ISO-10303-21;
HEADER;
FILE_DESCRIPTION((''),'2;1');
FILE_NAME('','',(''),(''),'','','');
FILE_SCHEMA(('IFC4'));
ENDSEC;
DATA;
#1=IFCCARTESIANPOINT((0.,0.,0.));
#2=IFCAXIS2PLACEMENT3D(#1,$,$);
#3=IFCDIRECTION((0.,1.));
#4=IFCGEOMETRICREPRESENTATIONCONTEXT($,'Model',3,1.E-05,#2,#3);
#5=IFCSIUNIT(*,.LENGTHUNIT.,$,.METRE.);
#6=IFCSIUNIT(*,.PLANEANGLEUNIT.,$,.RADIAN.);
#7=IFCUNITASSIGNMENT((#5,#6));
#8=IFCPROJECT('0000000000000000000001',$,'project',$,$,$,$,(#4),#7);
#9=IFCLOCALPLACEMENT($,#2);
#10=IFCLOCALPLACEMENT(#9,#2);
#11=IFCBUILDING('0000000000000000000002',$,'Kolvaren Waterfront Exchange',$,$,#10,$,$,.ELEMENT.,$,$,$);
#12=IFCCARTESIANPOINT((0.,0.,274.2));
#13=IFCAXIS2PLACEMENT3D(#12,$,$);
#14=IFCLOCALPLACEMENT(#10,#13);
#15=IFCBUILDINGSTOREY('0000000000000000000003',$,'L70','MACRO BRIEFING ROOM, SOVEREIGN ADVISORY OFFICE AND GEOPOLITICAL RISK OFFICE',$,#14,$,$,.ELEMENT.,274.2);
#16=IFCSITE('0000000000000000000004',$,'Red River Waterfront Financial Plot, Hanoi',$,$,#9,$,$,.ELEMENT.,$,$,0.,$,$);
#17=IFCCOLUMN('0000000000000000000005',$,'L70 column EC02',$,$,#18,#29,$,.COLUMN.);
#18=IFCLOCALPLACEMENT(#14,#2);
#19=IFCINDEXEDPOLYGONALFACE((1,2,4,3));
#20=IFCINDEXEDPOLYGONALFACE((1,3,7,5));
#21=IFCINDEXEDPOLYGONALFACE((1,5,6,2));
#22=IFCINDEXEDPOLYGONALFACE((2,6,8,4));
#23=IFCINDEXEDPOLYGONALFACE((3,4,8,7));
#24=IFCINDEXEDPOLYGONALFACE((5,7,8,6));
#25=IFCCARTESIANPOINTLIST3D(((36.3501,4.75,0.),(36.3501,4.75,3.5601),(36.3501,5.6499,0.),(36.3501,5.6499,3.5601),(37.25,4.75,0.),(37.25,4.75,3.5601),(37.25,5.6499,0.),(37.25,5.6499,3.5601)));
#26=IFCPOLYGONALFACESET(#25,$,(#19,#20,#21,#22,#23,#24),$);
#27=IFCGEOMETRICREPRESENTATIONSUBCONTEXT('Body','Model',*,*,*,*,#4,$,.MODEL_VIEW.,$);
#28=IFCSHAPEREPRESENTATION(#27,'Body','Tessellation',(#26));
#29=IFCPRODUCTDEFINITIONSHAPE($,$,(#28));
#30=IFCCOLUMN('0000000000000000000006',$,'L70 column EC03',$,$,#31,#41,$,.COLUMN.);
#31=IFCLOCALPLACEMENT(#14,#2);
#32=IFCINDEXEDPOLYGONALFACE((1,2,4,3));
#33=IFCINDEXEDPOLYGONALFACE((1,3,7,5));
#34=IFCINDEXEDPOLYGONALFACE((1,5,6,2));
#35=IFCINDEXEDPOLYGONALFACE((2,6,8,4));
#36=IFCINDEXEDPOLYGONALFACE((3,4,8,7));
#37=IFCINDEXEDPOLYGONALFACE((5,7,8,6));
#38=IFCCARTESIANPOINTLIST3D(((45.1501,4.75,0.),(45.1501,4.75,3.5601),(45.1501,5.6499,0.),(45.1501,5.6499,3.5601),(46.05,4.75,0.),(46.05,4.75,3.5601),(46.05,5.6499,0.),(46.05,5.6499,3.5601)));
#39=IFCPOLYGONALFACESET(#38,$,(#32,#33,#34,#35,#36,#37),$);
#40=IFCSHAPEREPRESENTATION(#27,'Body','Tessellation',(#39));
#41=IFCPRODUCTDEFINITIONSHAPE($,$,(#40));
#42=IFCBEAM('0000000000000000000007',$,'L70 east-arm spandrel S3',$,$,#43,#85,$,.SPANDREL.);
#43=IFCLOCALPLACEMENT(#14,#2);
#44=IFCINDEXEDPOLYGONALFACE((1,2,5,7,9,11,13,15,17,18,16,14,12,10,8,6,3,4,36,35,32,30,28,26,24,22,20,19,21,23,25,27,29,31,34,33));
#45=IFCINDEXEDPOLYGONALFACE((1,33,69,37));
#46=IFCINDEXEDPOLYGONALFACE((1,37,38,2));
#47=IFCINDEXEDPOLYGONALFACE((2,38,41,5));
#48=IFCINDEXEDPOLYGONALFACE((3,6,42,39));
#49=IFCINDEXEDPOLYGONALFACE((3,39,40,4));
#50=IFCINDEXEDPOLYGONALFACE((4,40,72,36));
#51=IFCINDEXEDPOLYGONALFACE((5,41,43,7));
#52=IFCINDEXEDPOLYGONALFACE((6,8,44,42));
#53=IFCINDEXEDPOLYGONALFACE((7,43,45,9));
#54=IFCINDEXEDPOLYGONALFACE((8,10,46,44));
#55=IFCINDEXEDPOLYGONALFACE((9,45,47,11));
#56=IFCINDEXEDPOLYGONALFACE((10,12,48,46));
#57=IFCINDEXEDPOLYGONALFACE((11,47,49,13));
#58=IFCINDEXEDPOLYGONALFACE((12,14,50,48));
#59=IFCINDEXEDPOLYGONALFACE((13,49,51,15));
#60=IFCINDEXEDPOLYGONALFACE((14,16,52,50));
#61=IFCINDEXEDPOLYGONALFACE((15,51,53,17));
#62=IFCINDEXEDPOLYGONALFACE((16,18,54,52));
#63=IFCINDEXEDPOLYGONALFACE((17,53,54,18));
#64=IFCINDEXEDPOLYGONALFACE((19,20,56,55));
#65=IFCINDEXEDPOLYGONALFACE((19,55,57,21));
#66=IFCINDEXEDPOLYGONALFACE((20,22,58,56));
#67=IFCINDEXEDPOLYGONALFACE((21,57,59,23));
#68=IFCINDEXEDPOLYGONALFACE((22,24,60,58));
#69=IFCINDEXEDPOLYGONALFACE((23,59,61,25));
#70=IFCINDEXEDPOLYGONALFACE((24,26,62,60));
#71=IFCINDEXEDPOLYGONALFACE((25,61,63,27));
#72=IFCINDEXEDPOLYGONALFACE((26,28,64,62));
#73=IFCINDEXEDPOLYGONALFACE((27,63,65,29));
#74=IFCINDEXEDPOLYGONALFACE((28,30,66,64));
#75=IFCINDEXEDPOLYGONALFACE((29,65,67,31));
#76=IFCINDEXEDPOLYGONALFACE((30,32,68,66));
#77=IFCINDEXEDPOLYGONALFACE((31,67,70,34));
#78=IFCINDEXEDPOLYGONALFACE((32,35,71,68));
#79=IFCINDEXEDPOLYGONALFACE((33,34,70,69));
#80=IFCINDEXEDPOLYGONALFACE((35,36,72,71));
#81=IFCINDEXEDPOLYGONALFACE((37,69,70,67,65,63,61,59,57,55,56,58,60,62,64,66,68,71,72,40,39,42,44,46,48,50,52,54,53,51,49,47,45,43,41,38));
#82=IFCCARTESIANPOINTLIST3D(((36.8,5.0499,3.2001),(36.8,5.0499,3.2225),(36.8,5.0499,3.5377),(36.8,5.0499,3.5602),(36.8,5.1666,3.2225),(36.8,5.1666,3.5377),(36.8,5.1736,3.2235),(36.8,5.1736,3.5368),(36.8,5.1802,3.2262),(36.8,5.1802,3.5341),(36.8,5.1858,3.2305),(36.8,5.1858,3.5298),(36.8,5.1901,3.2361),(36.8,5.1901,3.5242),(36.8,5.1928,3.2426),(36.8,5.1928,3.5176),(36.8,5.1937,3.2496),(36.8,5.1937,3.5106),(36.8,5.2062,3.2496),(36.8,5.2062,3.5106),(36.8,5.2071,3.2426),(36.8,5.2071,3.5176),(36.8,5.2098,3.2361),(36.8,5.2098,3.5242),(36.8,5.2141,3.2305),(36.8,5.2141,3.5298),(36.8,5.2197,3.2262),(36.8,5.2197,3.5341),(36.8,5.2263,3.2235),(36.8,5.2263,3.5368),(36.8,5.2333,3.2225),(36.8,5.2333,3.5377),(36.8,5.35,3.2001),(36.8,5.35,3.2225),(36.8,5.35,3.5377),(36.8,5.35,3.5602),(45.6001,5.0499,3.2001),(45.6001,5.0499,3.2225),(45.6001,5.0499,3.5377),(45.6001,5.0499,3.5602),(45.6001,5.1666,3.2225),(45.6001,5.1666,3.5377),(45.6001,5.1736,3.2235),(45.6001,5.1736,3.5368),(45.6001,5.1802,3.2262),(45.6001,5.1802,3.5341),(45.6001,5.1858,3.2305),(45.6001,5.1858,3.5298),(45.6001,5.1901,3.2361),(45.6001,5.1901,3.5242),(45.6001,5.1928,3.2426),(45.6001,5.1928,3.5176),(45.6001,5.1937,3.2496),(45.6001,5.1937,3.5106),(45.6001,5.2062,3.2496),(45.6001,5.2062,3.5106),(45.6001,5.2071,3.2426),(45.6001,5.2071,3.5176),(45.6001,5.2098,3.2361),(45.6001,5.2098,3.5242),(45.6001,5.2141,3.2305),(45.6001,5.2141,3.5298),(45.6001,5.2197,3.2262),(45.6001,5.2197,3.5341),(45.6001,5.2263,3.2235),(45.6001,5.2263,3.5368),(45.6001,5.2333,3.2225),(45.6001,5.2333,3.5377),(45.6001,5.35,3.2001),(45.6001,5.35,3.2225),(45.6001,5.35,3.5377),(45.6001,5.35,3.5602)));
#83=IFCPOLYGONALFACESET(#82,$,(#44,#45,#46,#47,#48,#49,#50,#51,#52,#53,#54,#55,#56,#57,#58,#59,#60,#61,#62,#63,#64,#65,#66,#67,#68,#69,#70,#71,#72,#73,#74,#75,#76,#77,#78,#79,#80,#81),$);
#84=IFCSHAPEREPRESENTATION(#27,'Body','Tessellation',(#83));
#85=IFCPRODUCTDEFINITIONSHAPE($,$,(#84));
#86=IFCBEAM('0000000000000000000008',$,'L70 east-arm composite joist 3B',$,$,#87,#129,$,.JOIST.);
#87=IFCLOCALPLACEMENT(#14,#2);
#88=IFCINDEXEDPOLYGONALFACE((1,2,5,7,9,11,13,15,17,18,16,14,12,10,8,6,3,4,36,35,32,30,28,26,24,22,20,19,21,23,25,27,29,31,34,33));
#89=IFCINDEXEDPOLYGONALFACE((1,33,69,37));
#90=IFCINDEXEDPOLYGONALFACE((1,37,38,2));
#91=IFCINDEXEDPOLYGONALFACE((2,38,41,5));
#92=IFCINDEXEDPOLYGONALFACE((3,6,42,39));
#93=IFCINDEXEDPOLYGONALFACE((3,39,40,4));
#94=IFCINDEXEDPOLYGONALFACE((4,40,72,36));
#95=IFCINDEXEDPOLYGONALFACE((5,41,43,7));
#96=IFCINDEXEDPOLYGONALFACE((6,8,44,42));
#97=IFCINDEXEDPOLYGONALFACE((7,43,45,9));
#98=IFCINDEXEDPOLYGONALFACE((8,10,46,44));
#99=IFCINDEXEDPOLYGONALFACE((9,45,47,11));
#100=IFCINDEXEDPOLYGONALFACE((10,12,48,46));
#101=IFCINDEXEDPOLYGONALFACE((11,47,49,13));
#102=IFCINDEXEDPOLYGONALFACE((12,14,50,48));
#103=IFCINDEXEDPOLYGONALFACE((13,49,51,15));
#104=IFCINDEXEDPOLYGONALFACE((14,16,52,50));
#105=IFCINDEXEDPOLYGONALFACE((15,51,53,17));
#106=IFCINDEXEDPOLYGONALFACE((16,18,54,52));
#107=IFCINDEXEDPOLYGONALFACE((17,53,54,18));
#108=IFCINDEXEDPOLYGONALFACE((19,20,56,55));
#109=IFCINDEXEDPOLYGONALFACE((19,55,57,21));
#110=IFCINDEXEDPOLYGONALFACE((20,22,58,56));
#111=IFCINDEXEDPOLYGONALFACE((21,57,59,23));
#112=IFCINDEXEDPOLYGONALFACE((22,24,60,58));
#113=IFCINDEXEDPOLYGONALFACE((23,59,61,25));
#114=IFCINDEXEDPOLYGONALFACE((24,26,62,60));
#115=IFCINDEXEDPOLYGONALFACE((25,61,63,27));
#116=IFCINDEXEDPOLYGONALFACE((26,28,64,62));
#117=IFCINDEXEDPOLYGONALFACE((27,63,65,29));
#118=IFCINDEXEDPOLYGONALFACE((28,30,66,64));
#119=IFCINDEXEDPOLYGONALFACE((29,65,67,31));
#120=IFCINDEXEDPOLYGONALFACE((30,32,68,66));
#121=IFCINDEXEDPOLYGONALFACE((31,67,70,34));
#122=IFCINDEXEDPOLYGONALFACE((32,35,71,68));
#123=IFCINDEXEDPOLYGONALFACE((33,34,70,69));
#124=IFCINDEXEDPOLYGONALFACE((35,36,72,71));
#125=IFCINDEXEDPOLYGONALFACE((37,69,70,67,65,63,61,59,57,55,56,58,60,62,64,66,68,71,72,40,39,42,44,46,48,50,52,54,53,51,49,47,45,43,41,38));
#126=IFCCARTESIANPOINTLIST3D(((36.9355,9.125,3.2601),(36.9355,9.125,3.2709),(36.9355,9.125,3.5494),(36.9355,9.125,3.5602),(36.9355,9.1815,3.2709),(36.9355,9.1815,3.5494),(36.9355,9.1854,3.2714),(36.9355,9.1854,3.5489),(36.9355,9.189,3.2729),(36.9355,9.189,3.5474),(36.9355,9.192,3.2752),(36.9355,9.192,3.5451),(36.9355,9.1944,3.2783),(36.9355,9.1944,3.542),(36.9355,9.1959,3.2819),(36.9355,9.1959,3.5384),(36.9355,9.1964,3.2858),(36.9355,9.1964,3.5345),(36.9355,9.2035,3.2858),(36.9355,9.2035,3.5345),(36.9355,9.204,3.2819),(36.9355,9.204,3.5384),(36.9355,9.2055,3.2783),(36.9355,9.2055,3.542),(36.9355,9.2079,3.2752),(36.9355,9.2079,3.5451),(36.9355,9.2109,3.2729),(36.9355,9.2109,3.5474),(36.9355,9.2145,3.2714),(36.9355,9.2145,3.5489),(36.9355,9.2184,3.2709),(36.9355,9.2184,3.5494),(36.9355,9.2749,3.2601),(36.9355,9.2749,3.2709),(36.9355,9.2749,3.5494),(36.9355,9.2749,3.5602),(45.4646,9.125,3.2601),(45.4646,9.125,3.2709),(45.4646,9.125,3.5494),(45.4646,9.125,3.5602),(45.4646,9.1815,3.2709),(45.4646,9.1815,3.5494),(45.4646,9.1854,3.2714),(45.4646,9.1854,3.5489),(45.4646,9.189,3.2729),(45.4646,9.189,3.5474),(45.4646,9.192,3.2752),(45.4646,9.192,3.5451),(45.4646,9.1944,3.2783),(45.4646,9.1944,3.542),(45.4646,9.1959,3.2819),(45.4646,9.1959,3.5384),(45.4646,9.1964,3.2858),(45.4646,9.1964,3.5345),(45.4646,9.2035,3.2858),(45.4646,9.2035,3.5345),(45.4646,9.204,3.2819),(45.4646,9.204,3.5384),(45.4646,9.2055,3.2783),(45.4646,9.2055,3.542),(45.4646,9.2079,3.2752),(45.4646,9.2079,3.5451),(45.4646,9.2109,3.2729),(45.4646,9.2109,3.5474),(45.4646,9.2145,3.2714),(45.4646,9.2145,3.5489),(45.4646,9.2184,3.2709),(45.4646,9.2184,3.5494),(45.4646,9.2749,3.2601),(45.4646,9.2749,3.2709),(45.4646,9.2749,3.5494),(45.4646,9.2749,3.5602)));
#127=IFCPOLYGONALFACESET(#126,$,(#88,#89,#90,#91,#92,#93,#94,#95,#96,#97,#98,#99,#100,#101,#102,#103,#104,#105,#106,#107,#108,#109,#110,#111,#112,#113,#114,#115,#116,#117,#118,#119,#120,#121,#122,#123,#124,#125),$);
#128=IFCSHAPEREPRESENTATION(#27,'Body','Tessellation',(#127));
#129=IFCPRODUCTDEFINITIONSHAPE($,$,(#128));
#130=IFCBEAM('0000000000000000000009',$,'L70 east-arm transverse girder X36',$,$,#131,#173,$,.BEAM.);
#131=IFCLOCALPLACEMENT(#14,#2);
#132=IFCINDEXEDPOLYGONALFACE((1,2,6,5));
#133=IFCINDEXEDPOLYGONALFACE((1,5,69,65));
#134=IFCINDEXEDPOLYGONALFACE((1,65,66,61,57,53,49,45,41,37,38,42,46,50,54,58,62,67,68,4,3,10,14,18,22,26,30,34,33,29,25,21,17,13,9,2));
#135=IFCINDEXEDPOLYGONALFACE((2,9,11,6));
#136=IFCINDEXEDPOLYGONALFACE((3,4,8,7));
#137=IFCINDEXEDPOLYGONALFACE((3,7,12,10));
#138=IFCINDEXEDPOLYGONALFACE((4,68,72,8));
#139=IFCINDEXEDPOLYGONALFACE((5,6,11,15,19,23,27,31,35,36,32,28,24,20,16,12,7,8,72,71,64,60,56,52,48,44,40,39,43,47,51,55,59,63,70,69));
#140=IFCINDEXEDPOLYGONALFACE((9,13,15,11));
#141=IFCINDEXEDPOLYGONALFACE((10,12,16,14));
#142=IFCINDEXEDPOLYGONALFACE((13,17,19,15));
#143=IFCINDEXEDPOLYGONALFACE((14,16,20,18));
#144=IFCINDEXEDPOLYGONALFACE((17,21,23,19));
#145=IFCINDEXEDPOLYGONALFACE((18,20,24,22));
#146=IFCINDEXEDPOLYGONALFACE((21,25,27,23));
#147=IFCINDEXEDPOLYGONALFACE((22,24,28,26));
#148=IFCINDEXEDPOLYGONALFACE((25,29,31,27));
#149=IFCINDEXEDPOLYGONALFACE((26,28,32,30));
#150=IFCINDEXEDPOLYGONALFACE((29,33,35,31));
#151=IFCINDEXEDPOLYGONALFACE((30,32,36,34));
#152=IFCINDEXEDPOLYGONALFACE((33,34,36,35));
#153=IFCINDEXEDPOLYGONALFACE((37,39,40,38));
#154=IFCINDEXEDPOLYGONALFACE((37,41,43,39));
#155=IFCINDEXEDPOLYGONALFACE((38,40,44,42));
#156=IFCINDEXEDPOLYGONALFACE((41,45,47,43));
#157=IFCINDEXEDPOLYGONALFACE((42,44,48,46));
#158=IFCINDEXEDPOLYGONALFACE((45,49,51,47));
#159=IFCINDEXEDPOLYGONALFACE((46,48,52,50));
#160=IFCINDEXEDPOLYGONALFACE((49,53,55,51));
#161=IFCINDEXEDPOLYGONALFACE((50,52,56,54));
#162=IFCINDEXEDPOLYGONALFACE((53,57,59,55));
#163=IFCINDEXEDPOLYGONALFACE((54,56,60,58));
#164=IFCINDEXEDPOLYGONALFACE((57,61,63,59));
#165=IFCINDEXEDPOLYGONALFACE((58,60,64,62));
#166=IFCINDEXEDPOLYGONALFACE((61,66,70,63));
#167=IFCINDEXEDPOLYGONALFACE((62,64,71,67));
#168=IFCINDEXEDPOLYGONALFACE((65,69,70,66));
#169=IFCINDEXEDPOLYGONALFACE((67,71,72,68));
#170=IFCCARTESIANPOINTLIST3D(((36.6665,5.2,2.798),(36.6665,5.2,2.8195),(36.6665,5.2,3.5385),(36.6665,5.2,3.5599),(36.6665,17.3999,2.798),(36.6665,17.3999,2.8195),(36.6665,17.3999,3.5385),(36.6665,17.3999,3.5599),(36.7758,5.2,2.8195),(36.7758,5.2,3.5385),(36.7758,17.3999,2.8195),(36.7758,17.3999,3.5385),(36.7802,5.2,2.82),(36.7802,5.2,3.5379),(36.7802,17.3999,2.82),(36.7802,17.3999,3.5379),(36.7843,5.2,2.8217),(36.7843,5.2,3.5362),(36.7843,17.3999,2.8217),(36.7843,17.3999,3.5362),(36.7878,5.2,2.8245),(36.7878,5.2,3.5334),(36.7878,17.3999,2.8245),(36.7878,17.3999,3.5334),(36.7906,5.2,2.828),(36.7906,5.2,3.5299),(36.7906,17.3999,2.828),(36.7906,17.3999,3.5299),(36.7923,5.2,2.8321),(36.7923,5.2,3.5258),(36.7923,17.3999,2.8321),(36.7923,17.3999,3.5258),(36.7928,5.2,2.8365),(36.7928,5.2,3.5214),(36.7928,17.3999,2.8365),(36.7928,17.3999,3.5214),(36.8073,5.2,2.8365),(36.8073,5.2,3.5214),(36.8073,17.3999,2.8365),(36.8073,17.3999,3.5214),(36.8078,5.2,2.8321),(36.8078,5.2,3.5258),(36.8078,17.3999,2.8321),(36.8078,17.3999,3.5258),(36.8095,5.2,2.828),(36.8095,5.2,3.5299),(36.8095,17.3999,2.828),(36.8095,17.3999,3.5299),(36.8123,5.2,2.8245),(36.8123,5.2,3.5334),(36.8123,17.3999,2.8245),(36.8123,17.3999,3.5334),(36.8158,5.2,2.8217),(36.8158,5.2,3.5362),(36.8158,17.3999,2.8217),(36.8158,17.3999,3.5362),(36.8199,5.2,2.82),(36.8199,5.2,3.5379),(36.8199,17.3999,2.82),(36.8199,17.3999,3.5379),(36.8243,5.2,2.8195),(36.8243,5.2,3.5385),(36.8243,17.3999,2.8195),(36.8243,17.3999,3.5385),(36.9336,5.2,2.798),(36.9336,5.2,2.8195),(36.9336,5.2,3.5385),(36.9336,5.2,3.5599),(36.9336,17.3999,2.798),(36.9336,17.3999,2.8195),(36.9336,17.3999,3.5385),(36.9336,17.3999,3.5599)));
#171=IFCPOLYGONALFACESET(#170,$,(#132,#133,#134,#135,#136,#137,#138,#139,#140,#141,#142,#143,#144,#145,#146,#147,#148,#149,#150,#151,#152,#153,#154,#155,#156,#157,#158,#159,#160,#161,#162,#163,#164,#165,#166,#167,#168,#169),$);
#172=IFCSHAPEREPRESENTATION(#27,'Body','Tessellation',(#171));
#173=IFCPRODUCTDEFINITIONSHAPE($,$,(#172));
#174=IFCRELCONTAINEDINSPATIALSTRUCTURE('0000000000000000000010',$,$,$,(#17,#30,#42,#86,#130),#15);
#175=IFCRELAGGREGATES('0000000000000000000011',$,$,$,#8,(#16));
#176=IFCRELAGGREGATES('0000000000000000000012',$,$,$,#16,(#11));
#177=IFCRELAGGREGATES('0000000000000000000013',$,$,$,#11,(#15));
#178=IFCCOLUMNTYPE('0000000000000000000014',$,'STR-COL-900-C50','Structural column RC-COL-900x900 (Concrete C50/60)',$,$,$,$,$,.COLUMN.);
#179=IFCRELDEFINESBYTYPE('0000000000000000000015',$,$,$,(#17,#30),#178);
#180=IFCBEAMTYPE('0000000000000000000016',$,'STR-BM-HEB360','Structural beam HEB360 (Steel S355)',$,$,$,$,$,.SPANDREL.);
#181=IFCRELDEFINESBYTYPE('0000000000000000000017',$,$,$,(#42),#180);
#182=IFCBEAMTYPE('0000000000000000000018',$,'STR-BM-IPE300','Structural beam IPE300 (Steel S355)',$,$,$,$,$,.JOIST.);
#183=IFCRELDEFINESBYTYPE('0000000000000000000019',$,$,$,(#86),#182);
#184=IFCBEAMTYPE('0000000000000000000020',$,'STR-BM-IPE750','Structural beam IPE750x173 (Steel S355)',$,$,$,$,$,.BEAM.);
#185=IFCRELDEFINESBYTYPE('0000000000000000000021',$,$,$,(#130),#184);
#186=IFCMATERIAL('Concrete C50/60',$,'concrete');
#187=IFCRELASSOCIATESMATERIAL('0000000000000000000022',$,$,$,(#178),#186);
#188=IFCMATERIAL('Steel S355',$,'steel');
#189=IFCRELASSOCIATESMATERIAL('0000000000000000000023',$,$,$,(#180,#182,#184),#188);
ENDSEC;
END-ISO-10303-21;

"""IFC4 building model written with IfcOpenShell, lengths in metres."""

from ifc_helpers import new_model, si_unit, direction, frame, origin, origin_2d, place, context, subcontext, project, spatial, rectangle, i_section, extrude, material, material_profile, profile_set, type_object, element, save


model = new_model("IFC4")

# Units and contexts
model_context = context("Model", 3, precision=1e-05, world=origin(), true_north=direction((0.0, 1.0)))
body_context = subcontext(model_context, "Body", "Model", "MODEL_VIEW")
ifc_project = project(units=[si_unit("LENGTHUNIT", "METRE"), si_unit("PLANEANGLEUNIT", "RADIAN")], contexts=[model_context])

# Site, building, storey
site_placement = place(None, origin())
site = spatial("IfcSite", under=ifc_project, at=site_placement, Name="Red River Waterfront Financial Plot, Hanoi", CompositionType="ELEMENT", RefElevation=0.0)
building_placement = place(site_placement, origin())
building = spatial("IfcBuilding", under=site, at=building_placement, Name="Kolvaren Waterfront Exchange", CompositionType="ELEMENT")
storey_placement = place(building_placement, frame((0.0, 0.0, 274.2)))
storey = spatial("IfcBuildingStorey", under=building, at=storey_placement, Name="L70", Description="MACRO BRIEFING ROOM, SOVEREIGN ADVISORY OFFICE AND GEOPOLITICAL RISK OFFICE", CompositionType="ELEMENT", Elevation=274.2)

# Columns
ifc_material_1 = material(Name="Concrete C50/60", Category="concrete")
ifc_material_profile_1 = material_profile(ifc_material_1, rectangle(XDim=0.8999, YDim=0.8999, at=origin_2d()), Name="RC-COL-900x900")
ifc_profile_set_1 = profile_set([ifc_material_profile_1], Name="Concrete C50/60")
column_type = type_object("IfcColumnType", Name="STR-COL-900-C50", Description="Structural column RC-COL-900x900 (Concrete C50/60)", PredefinedType="COLUMN", material=ifc_profile_set_1)
for number, where, z_axis, x_axis, name in (
    (1, (36.8, 5.2, 0.0), (0.0, 0.0, 1.0), (1.0, 0.0, 0.0), "L70 column EC02"),
    (2, (45.6001, 5.2, 0.0), (0.0, 0.0, 1.0), (1.0, 0.0, 0.0), "L70 column EC03"),
):
    element("IfcColumn", number, at=place(storey_placement, frame(where, z_axis=z_axis, x_axis=x_axis)), inside=storey, type_object=column_type, Name=name, PredefinedType="COLUMN", context=body_context, shape_type="SweptSolid", body=[
        extrude(rectangle(XDim=0.8999, YDim=0.8999, at=origin_2d()), origin(), (0.0, 0.0, 1.0), 3.5601),
    ])

# Beams
ifc_material_2 = material(Name="Steel S355", Category="steel")
ifc_material_profile_2 = material_profile(ifc_material_2, i_section(OverallWidth=0.3, OverallDepth=0.3601, WebThickness=0.0125, FlangeThickness=0.0225, FilletRadius=0.0271, at=origin_2d()), Name="HEB360")
ifc_profile_set_2 = profile_set([ifc_material_profile_2], Name="Steel S355")
beam_type_1 = type_object("IfcBeamType", Name="STR-BM-HEB360", Description="Structural beam HEB360 (Steel S355)", PredefinedType="SPANDREL", material=ifc_profile_set_2)
beam_1_placement = place(storey_placement, frame((36.8, 5.2, 3.3801), z_axis=(1.0, 0.0, 0.0), x_axis=(0.0, 1.0, 0.0)))
element("IfcBeam", 3, at=beam_1_placement, inside=storey, type_object=beam_type_1, Name="L70 east-arm spandrel S3", PredefinedType="SPANDREL", context=body_context, shape_type="SweptSolid", body=[
    extrude(i_section(OverallWidth=0.3, OverallDepth=0.3601, WebThickness=0.0125, FlangeThickness=0.0225, FilletRadius=0.0271, at=origin_2d()), origin(), (0.0, 0.0, 1.0), 8.8),
])
ifc_material_profile_3 = material_profile(ifc_material_2, i_section(OverallWidth=0.1499, OverallDepth=0.3, WebThickness=0.0071, FlangeThickness=0.0107, FilletRadius=0.0149, at=origin_2d()), Name="IPE300")
ifc_profile_set_3 = profile_set([ifc_material_profile_3], Name="Steel S355")
beam_type_2 = type_object("IfcBeamType", Name="STR-BM-IPE300", Description="Structural beam IPE300 (Steel S355)", PredefinedType="JOIST", material=ifc_profile_set_3)
beam_2_placement = place(storey_placement, frame((36.9355, 9.2, 3.4102), z_axis=(1.0, 0.0, 0.0), x_axis=(0.0, 1.0, 0.0)))
element("IfcBeam", 4, at=beam_2_placement, inside=storey, type_object=beam_type_2, Name="L70 east-arm composite joist 3B", PredefinedType="JOIST", context=body_context, shape_type="SweptSolid", body=[
    extrude(i_section(OverallWidth=0.1499, OverallDepth=0.3, WebThickness=0.0071, FlangeThickness=0.0107, FilletRadius=0.0149, at=origin_2d()), origin(), (0.0, 0.0, 1.0), 8.5291),
])
ifc_material_profile_4 = material_profile(ifc_material_2, i_section(OverallWidth=0.2671, OverallDepth=0.762, WebThickness=0.0144, FlangeThickness=0.0215, FilletRadius=0.0171, at=origin_2d()), Name="IPE750x173")
ifc_profile_set_4 = profile_set([ifc_material_profile_4], Name="Steel S355")
beam_type_3 = type_object("IfcBeamType", Name="STR-BM-IPE750", Description="Structural beam IPE750x173 (Steel S355)", PredefinedType="BEAM", material=ifc_profile_set_4)
for number, where, z_axis, x_axis, name in (
    (5, (36.8, 5.2, 3.179), (0.0, 1.0, 0.0), (-1.0, 0.0, 0.0), "L70 east-arm transverse girder X36"),
):
    element("IfcBeam", number, at=place(storey_placement, frame(where, z_axis=z_axis, x_axis=x_axis)), inside=storey, type_object=beam_type_3, Name=name, PredefinedType="BEAM", context=body_context, shape_type="SweptSolid", body=[
        extrude(i_section(OverallWidth=0.2671, OverallDepth=0.762, WebThickness=0.0144, FlangeThickness=0.0215, FilletRadius=0.0171, at=origin_2d()), origin(), (0.0, 0.0, 1.0), 12.2),
    ])

save(model, "model.ifc")
